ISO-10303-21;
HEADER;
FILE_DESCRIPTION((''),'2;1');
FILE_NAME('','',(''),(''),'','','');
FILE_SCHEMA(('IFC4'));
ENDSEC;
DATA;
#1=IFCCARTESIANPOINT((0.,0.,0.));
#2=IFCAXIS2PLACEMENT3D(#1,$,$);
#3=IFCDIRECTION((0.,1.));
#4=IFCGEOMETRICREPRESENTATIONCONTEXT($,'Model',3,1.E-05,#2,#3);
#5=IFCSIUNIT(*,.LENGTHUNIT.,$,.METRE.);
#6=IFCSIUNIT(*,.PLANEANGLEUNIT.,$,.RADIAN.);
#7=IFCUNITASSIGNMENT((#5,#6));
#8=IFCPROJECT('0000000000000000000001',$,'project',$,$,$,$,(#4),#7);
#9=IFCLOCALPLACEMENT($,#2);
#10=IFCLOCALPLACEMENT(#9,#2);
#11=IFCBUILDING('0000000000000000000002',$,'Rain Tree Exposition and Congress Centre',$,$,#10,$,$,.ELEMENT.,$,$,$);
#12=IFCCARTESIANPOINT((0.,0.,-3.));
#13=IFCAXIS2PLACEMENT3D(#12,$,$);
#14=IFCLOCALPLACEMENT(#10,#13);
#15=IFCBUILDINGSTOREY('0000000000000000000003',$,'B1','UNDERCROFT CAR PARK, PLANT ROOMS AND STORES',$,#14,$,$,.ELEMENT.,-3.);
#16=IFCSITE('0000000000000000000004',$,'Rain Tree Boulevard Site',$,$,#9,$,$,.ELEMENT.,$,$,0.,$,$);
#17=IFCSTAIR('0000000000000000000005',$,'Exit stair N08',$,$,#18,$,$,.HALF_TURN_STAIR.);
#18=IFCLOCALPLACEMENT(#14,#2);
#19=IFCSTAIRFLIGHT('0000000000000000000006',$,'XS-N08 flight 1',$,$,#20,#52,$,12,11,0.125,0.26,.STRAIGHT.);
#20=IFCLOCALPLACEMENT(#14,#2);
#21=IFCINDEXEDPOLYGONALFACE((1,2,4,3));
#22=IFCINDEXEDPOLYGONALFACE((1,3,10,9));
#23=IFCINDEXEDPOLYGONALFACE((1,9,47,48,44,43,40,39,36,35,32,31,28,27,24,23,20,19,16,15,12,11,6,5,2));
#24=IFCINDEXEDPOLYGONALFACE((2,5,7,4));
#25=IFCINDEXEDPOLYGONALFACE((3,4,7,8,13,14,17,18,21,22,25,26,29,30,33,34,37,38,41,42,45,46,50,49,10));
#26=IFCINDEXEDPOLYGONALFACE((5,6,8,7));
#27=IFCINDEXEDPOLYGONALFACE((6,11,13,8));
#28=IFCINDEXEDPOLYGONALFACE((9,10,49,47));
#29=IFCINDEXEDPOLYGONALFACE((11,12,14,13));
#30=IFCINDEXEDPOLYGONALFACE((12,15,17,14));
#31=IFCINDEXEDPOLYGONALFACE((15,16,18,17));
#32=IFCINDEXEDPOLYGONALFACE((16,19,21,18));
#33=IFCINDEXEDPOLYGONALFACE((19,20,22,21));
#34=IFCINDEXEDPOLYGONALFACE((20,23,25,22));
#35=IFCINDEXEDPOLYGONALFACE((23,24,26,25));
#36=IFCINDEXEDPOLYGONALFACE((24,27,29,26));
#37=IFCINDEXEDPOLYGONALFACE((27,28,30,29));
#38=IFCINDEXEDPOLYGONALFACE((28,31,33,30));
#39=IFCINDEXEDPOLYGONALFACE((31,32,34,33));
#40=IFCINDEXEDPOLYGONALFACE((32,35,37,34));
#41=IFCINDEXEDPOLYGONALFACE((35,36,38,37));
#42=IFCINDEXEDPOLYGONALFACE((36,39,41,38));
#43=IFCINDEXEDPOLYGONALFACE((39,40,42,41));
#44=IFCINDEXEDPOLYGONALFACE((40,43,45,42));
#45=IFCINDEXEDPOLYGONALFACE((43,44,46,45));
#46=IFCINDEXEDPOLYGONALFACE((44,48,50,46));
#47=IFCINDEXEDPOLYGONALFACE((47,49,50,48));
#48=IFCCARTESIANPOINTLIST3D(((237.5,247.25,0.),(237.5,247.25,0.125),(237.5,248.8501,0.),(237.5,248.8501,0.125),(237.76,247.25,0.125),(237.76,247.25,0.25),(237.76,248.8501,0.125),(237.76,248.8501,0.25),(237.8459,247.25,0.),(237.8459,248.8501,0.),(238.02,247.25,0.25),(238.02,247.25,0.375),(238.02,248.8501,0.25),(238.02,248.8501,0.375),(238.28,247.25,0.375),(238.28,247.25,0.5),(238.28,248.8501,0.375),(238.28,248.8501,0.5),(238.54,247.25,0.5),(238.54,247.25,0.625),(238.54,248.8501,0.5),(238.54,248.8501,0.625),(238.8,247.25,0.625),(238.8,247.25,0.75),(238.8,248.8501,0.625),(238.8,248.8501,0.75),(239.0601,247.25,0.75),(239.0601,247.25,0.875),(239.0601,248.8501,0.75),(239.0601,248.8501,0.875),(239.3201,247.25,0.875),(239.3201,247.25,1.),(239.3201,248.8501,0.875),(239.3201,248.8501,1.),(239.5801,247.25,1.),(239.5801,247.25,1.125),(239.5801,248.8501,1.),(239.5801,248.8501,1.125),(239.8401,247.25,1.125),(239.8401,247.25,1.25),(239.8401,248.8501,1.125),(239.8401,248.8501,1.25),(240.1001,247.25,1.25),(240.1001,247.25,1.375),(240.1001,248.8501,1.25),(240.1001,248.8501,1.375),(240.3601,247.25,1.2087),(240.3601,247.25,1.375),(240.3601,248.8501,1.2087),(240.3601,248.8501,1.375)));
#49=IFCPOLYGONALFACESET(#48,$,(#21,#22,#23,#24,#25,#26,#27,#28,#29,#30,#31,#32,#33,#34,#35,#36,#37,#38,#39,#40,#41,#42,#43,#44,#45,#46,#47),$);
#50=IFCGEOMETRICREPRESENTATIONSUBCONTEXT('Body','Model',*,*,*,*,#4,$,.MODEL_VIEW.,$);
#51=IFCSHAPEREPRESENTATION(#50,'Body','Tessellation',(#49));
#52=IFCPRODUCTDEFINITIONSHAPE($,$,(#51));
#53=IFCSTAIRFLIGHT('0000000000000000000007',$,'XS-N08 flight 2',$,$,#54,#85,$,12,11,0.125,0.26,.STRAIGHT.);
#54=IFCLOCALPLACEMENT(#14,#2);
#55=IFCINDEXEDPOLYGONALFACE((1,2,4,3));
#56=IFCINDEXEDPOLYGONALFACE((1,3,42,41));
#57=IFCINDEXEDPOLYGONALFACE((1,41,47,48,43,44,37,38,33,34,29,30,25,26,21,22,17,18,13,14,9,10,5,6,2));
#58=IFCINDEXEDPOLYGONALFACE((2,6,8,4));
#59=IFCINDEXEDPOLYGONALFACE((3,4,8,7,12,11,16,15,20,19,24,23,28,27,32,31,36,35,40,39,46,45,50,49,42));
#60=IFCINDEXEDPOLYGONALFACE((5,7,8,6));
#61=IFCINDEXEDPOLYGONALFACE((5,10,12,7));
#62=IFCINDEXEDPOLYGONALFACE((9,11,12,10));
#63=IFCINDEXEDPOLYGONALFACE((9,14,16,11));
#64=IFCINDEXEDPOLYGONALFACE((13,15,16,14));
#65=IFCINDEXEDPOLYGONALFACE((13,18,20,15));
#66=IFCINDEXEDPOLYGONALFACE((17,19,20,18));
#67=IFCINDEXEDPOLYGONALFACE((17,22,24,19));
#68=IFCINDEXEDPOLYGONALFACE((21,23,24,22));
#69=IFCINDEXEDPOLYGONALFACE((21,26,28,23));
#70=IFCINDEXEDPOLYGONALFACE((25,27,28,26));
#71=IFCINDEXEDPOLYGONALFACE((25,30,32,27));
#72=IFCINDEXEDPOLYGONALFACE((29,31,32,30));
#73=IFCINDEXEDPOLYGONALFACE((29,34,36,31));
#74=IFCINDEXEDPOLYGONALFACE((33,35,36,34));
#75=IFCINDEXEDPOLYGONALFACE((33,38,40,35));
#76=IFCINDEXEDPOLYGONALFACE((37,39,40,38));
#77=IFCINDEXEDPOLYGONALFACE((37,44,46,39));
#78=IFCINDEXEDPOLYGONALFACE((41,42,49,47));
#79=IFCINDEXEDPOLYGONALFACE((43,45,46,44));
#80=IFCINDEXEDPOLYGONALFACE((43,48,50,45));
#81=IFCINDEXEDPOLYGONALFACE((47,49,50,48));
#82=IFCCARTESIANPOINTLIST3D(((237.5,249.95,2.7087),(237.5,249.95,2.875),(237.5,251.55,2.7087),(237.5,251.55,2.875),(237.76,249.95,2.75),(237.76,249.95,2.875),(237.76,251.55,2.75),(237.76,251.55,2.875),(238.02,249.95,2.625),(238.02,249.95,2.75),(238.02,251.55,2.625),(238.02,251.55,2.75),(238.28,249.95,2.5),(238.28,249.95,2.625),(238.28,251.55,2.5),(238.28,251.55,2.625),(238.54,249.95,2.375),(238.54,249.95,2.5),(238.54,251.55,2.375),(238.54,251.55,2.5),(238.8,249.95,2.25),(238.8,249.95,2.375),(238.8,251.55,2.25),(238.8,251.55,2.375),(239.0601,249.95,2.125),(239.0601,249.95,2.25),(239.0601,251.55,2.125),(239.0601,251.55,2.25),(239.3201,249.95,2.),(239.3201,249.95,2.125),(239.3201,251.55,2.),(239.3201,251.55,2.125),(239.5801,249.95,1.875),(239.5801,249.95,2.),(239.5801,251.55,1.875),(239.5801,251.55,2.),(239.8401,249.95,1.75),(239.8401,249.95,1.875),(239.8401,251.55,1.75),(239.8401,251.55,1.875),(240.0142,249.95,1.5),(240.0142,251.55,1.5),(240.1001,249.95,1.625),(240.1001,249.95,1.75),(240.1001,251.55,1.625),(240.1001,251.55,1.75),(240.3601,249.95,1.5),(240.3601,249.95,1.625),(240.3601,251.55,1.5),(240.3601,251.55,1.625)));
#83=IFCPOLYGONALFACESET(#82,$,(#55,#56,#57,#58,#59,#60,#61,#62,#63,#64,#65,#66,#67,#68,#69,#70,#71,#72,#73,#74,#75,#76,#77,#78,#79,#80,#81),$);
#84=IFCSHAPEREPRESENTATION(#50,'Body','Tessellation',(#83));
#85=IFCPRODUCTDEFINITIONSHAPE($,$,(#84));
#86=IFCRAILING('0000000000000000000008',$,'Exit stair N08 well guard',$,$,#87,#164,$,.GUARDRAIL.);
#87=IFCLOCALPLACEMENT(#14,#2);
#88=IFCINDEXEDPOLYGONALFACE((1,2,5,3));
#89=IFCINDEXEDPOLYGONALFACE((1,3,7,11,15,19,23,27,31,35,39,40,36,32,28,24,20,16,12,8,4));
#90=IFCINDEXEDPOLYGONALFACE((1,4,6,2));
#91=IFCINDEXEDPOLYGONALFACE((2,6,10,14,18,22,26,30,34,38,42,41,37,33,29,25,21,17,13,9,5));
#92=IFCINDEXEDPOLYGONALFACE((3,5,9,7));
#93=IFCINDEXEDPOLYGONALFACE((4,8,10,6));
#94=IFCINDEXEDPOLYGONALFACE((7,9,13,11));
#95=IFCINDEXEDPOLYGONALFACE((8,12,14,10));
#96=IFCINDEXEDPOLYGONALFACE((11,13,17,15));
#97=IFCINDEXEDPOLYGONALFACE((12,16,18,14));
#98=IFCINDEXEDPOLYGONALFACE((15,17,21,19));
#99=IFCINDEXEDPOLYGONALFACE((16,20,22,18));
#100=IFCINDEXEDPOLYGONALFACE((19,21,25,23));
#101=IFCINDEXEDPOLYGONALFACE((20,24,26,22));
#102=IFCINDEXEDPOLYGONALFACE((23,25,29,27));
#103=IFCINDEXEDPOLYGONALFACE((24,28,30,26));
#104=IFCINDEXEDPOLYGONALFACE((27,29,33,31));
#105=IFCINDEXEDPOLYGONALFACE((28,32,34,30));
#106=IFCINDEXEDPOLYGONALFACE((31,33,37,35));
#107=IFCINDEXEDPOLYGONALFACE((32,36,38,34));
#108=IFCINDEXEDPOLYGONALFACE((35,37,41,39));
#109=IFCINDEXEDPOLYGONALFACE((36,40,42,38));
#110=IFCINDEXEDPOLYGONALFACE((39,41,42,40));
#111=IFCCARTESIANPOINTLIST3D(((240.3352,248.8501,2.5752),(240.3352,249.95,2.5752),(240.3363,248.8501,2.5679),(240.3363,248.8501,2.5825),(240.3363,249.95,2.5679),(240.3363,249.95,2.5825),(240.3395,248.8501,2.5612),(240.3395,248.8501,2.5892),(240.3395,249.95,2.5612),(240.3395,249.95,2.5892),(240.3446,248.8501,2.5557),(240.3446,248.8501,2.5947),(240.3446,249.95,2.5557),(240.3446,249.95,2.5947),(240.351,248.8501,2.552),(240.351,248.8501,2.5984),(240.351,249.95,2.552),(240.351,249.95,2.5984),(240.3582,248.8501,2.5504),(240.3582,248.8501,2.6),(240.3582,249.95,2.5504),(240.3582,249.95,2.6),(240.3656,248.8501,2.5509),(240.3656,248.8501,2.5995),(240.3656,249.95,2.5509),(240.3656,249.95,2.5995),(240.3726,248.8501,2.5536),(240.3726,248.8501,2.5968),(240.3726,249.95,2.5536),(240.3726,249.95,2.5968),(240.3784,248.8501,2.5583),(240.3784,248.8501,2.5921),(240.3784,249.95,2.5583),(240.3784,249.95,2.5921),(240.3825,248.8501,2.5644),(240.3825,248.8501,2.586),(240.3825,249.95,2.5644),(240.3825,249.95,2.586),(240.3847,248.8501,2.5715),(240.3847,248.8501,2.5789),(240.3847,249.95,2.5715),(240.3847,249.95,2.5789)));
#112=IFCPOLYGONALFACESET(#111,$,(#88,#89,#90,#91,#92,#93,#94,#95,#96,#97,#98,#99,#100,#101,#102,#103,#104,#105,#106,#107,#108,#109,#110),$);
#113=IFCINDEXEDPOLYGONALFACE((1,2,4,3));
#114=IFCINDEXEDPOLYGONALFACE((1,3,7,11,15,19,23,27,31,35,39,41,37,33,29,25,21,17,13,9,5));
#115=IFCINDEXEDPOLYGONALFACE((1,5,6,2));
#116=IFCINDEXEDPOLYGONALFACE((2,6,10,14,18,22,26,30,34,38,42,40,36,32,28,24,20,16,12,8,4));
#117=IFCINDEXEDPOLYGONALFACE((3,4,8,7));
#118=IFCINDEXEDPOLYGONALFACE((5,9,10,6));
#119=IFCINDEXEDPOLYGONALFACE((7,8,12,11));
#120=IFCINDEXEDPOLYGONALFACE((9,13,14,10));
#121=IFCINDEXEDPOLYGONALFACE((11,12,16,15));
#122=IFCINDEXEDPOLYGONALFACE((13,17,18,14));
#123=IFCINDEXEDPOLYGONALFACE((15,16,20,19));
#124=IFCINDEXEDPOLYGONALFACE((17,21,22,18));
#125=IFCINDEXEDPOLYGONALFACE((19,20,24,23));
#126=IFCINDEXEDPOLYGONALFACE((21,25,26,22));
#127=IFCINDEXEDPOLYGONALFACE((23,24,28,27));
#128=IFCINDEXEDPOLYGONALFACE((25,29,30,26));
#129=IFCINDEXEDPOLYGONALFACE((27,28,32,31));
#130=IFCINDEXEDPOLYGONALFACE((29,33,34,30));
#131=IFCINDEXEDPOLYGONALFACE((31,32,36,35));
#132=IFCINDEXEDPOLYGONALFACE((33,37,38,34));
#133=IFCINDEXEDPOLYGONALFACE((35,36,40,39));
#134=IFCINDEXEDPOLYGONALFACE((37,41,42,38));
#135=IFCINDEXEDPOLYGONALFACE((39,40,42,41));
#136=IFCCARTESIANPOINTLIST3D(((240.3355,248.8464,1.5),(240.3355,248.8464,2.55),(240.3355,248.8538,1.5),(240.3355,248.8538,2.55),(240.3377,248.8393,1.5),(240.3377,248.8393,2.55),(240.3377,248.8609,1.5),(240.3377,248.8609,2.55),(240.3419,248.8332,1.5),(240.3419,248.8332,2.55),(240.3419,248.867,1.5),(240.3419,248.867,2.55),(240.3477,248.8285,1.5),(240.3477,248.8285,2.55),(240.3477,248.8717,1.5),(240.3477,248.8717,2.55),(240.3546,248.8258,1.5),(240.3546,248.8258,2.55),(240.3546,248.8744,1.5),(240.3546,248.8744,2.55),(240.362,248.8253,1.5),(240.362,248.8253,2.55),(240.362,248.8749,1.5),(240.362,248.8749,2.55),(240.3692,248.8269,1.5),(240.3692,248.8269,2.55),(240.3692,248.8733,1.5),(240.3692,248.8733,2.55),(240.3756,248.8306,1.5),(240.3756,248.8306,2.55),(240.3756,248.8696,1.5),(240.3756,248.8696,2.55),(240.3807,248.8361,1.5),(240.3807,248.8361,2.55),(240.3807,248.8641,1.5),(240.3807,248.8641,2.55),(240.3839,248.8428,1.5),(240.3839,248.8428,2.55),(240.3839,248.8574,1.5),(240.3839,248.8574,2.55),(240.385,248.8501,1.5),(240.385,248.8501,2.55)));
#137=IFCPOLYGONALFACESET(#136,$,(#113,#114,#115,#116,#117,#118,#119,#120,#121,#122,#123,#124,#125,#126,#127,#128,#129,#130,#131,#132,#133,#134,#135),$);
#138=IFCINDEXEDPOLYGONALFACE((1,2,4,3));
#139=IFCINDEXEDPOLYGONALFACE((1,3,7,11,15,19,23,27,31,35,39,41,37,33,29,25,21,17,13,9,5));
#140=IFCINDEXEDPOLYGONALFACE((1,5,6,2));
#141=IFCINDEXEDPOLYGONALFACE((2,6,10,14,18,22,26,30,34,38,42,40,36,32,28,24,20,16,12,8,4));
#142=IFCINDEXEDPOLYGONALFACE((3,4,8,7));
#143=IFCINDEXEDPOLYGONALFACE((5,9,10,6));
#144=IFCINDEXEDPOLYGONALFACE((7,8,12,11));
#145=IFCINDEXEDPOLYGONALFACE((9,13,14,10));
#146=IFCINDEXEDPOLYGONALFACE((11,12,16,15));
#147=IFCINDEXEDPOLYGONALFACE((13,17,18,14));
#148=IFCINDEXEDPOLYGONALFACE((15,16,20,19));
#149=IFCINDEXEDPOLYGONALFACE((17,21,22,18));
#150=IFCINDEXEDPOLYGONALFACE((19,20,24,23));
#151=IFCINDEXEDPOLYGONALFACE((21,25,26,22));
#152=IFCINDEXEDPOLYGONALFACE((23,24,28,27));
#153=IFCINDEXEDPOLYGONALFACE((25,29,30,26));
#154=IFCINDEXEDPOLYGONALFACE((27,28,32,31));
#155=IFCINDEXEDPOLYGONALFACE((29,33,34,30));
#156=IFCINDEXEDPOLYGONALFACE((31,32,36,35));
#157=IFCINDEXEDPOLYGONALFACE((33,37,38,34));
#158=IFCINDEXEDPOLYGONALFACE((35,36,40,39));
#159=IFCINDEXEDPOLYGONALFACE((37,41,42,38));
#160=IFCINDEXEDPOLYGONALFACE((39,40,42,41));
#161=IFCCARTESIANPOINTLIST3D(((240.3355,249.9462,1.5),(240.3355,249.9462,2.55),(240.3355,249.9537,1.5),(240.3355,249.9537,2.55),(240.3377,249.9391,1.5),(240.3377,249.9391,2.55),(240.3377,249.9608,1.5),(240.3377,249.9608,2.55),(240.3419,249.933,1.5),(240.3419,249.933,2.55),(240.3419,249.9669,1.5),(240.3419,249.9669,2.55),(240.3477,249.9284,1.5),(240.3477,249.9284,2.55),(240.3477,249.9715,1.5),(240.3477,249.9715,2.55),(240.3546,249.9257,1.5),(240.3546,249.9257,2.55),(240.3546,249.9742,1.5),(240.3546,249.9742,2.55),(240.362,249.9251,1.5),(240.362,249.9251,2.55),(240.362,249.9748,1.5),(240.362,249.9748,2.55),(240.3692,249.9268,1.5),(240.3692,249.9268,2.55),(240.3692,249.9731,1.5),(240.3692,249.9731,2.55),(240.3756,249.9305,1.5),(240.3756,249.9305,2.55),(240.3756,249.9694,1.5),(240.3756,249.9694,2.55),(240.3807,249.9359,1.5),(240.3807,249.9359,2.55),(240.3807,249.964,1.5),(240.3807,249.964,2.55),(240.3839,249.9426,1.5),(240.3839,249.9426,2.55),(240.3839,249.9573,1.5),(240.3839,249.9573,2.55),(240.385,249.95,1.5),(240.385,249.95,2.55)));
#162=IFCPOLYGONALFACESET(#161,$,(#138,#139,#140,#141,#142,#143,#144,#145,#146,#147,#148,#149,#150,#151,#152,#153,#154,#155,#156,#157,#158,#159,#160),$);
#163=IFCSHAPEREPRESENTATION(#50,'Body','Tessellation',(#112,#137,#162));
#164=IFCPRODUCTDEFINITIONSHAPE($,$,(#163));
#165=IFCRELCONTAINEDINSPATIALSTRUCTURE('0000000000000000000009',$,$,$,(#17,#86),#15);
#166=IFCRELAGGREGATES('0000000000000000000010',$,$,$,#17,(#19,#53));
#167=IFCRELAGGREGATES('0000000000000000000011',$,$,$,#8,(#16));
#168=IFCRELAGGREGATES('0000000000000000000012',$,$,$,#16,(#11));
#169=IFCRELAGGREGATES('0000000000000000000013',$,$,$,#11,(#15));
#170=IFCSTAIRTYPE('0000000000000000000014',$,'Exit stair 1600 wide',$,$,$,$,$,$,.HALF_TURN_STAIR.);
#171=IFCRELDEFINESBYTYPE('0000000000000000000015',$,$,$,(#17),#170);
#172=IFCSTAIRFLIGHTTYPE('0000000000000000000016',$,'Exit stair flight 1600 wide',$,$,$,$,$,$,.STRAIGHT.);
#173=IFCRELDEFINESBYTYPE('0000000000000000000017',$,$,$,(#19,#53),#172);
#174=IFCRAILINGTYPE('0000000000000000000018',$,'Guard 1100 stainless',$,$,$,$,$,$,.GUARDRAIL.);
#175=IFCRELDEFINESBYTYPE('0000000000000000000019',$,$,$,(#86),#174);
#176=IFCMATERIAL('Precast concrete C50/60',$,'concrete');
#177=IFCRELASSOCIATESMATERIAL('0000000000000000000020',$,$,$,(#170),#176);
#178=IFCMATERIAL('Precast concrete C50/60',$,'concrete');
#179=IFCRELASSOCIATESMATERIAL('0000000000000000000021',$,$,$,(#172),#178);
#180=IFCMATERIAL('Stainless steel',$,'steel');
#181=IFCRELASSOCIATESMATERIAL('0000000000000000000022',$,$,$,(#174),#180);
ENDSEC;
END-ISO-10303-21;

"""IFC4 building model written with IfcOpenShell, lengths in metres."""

from ifc_helpers import new_model, si_unit, direction, frame, origin, origin_2d, place, context, subcontext, project, spatial, polyline, circle, outline, extrude, material, type_object, element, aggregate, save


model = new_model("IFC4")

# Units and contexts
model_context = context("Model", 3, precision=1e-05, world=origin(), true_north=direction((0.0, 1.0)))
body_context = subcontext(model_context, "Body", "Model", "MODEL_VIEW")
ifc_project = project(units=[si_unit("LENGTHUNIT", "METRE"), si_unit("PLANEANGLEUNIT", "RADIAN")], contexts=[model_context])

# Site, building, storey
site_placement = place(None, origin())
site = spatial("IfcSite", under=ifc_project, at=site_placement, Name="Rain Tree Boulevard Site", CompositionType="ELEMENT", RefElevation=0.0)
building_placement = place(site_placement, origin())
building = spatial("IfcBuilding", under=site, at=building_placement, Name="Rain Tree Exposition and Congress Centre", CompositionType="ELEMENT")
storey_placement = place(building_placement, frame((0.0, 0.0, -3.0)))
storey = spatial("IfcBuildingStorey", under=building, at=storey_placement, Name="B1", Description="UNDERCROFT CAR PARK, PLANT ROOMS AND STORES", CompositionType="ELEMENT", Elevation=-3.0)

# Stair, stair flights
ifc_material_1 = material(Name="Precast concrete C50/60", Category="concrete")
stair_type = type_object("IfcStairType", Name="Exit stair 1600 wide", PredefinedType="HALF_TURN_STAIR", material=ifc_material_1)
stair_placement = place(storey_placement, origin())
stair = element("IfcStair", 1, at=stair_placement, inside=storey, type_object=stair_type, Name="Exit stair N08", PredefinedType="HALF_TURN_STAIR")
ifc_material_2 = material(Name="Precast concrete C50/60", Category="concrete")
stair_flight_type = type_object("IfcStairFlightType", Name="Exit stair flight 1600 wide", PredefinedType="STRAIGHT", material=ifc_material_2)
stair_flight_1_placement = place(storey_placement, frame((237.5, 248.05, 0.0), z_axis=(0.0, 0.0, 1.0), x_axis=(1.0, 0.0, 0.0)))
stair_flight_1 = element("IfcStairFlight", 2, at=stair_flight_1_placement, type_object=stair_flight_type, Name="XS-N08 flight 1", NumberOfRisers=12, NumberOfTreads=11, PredefinedType="STRAIGHT", RiserHeight=0.125, TreadLength=0.26, context=body_context, shape_type="SweptSolid", body=[
    extrude(outline(polyline([(0.0, 0.0), (0.0, 0.125), (0.26, 0.125), (0.26, 0.25), (0.52, 0.25), (0.52, 0.375), (0.78, 0.375), (0.78, 0.5), (1.04, 0.5), (1.04, 0.625), (1.3, 0.625), (1.3, 0.75), (1.5601, 0.75), (1.5601, 0.875), (1.8201, 0.875), (1.8201, 1.0), (2.0801, 1.0), (2.0801, 1.125), (2.3401, 1.125), (2.3401, 1.25), (2.6001, 1.25), (2.6001, 1.375), (2.8601, 1.375), (2.8601, 1.5), (2.8601, 1.2087), (0.3459, 0.0), (0.0, 0.0)])), frame((0.0, 0.8, 0.0), z_axis=(0.0, -1.0, 0.0), x_axis=(1.0, 0.0, 0.0)), (0.0, 0.0, 1.0), 1.6001),
])
stair_flight_2_placement = place(storey_placement, frame((240.3601, 250.75, 1.5), z_axis=(0.0, 0.0, 1.0), x_axis=(-1.0, 0.0, 0.0)))
stair_flight_2 = element("IfcStairFlight", 3, at=stair_flight_2_placement, type_object=stair_flight_type, Name="XS-N08 flight 2", NumberOfRisers=12, NumberOfTreads=11, PredefinedType="STRAIGHT", RiserHeight=0.125, TreadLength=0.26, context=body_context, shape_type="SweptSolid", body=[
    extrude(outline(polyline([(0.0, 0.0), (0.0, 0.125), (0.26, 0.125), (0.26, 0.25), (0.52, 0.25), (0.52, 0.375), (0.78, 0.375), (0.78, 0.5), (1.04, 0.5), (1.04, 0.625), (1.3, 0.625), (1.3, 0.75), (1.5601, 0.75), (1.5601, 0.875), (1.8201, 0.875), (1.8201, 1.0), (2.0801, 1.0), (2.0801, 1.125), (2.3401, 1.125), (2.3401, 1.25), (2.6001, 1.25), (2.6001, 1.375), (2.8601, 1.375), (2.8601, 1.5), (2.8601, 1.2087), (0.3459, 0.0), (0.0, 0.0)])), frame((0.0, 0.8, 0.0), z_axis=(0.0, -1.0, 0.0), x_axis=(1.0, 0.0, 0.0)), (0.0, 0.0, 1.0), 1.6001),
])
aggregate(stair, [stair_flight_1, stair_flight_2])

# Railing
ifc_material_3 = material(Name="Stainless steel", Category="steel")
railing_type = type_object("IfcRailingType", Name="Guard 1100 stainless", PredefinedType="GUARDRAIL", material=ifc_material_3)
railing_placement = place(storey_placement, frame((240.3601, 248.8501, 1.5)))
element("IfcRailing", 4, at=railing_placement, inside=storey, type_object=railing_type, Name="Exit stair N08 well guard", PredefinedType="GUARDRAIL", context=body_context, shape_type="SweptSolid", body=[
    extrude(circle(Radius=0.0249, at=origin_2d()), frame((0.0, 0.0, 1.0752), z_axis=(0.0, 1.0, 0.0), x_axis=(-1.0, 0.0, 0.0)), (0.0, 0.0, 1.0), 1.0999),
    extrude(circle(Radius=0.0249, at=origin_2d()), origin(), (0.0, 0.0, 1.0), 1.05),
    extrude(circle(Radius=0.0249, at=origin_2d()), frame((0.0, 1.0999, 0.0)), (0.0, 0.0, 1.0), 1.05),
])

save(model, "model.ifc")
